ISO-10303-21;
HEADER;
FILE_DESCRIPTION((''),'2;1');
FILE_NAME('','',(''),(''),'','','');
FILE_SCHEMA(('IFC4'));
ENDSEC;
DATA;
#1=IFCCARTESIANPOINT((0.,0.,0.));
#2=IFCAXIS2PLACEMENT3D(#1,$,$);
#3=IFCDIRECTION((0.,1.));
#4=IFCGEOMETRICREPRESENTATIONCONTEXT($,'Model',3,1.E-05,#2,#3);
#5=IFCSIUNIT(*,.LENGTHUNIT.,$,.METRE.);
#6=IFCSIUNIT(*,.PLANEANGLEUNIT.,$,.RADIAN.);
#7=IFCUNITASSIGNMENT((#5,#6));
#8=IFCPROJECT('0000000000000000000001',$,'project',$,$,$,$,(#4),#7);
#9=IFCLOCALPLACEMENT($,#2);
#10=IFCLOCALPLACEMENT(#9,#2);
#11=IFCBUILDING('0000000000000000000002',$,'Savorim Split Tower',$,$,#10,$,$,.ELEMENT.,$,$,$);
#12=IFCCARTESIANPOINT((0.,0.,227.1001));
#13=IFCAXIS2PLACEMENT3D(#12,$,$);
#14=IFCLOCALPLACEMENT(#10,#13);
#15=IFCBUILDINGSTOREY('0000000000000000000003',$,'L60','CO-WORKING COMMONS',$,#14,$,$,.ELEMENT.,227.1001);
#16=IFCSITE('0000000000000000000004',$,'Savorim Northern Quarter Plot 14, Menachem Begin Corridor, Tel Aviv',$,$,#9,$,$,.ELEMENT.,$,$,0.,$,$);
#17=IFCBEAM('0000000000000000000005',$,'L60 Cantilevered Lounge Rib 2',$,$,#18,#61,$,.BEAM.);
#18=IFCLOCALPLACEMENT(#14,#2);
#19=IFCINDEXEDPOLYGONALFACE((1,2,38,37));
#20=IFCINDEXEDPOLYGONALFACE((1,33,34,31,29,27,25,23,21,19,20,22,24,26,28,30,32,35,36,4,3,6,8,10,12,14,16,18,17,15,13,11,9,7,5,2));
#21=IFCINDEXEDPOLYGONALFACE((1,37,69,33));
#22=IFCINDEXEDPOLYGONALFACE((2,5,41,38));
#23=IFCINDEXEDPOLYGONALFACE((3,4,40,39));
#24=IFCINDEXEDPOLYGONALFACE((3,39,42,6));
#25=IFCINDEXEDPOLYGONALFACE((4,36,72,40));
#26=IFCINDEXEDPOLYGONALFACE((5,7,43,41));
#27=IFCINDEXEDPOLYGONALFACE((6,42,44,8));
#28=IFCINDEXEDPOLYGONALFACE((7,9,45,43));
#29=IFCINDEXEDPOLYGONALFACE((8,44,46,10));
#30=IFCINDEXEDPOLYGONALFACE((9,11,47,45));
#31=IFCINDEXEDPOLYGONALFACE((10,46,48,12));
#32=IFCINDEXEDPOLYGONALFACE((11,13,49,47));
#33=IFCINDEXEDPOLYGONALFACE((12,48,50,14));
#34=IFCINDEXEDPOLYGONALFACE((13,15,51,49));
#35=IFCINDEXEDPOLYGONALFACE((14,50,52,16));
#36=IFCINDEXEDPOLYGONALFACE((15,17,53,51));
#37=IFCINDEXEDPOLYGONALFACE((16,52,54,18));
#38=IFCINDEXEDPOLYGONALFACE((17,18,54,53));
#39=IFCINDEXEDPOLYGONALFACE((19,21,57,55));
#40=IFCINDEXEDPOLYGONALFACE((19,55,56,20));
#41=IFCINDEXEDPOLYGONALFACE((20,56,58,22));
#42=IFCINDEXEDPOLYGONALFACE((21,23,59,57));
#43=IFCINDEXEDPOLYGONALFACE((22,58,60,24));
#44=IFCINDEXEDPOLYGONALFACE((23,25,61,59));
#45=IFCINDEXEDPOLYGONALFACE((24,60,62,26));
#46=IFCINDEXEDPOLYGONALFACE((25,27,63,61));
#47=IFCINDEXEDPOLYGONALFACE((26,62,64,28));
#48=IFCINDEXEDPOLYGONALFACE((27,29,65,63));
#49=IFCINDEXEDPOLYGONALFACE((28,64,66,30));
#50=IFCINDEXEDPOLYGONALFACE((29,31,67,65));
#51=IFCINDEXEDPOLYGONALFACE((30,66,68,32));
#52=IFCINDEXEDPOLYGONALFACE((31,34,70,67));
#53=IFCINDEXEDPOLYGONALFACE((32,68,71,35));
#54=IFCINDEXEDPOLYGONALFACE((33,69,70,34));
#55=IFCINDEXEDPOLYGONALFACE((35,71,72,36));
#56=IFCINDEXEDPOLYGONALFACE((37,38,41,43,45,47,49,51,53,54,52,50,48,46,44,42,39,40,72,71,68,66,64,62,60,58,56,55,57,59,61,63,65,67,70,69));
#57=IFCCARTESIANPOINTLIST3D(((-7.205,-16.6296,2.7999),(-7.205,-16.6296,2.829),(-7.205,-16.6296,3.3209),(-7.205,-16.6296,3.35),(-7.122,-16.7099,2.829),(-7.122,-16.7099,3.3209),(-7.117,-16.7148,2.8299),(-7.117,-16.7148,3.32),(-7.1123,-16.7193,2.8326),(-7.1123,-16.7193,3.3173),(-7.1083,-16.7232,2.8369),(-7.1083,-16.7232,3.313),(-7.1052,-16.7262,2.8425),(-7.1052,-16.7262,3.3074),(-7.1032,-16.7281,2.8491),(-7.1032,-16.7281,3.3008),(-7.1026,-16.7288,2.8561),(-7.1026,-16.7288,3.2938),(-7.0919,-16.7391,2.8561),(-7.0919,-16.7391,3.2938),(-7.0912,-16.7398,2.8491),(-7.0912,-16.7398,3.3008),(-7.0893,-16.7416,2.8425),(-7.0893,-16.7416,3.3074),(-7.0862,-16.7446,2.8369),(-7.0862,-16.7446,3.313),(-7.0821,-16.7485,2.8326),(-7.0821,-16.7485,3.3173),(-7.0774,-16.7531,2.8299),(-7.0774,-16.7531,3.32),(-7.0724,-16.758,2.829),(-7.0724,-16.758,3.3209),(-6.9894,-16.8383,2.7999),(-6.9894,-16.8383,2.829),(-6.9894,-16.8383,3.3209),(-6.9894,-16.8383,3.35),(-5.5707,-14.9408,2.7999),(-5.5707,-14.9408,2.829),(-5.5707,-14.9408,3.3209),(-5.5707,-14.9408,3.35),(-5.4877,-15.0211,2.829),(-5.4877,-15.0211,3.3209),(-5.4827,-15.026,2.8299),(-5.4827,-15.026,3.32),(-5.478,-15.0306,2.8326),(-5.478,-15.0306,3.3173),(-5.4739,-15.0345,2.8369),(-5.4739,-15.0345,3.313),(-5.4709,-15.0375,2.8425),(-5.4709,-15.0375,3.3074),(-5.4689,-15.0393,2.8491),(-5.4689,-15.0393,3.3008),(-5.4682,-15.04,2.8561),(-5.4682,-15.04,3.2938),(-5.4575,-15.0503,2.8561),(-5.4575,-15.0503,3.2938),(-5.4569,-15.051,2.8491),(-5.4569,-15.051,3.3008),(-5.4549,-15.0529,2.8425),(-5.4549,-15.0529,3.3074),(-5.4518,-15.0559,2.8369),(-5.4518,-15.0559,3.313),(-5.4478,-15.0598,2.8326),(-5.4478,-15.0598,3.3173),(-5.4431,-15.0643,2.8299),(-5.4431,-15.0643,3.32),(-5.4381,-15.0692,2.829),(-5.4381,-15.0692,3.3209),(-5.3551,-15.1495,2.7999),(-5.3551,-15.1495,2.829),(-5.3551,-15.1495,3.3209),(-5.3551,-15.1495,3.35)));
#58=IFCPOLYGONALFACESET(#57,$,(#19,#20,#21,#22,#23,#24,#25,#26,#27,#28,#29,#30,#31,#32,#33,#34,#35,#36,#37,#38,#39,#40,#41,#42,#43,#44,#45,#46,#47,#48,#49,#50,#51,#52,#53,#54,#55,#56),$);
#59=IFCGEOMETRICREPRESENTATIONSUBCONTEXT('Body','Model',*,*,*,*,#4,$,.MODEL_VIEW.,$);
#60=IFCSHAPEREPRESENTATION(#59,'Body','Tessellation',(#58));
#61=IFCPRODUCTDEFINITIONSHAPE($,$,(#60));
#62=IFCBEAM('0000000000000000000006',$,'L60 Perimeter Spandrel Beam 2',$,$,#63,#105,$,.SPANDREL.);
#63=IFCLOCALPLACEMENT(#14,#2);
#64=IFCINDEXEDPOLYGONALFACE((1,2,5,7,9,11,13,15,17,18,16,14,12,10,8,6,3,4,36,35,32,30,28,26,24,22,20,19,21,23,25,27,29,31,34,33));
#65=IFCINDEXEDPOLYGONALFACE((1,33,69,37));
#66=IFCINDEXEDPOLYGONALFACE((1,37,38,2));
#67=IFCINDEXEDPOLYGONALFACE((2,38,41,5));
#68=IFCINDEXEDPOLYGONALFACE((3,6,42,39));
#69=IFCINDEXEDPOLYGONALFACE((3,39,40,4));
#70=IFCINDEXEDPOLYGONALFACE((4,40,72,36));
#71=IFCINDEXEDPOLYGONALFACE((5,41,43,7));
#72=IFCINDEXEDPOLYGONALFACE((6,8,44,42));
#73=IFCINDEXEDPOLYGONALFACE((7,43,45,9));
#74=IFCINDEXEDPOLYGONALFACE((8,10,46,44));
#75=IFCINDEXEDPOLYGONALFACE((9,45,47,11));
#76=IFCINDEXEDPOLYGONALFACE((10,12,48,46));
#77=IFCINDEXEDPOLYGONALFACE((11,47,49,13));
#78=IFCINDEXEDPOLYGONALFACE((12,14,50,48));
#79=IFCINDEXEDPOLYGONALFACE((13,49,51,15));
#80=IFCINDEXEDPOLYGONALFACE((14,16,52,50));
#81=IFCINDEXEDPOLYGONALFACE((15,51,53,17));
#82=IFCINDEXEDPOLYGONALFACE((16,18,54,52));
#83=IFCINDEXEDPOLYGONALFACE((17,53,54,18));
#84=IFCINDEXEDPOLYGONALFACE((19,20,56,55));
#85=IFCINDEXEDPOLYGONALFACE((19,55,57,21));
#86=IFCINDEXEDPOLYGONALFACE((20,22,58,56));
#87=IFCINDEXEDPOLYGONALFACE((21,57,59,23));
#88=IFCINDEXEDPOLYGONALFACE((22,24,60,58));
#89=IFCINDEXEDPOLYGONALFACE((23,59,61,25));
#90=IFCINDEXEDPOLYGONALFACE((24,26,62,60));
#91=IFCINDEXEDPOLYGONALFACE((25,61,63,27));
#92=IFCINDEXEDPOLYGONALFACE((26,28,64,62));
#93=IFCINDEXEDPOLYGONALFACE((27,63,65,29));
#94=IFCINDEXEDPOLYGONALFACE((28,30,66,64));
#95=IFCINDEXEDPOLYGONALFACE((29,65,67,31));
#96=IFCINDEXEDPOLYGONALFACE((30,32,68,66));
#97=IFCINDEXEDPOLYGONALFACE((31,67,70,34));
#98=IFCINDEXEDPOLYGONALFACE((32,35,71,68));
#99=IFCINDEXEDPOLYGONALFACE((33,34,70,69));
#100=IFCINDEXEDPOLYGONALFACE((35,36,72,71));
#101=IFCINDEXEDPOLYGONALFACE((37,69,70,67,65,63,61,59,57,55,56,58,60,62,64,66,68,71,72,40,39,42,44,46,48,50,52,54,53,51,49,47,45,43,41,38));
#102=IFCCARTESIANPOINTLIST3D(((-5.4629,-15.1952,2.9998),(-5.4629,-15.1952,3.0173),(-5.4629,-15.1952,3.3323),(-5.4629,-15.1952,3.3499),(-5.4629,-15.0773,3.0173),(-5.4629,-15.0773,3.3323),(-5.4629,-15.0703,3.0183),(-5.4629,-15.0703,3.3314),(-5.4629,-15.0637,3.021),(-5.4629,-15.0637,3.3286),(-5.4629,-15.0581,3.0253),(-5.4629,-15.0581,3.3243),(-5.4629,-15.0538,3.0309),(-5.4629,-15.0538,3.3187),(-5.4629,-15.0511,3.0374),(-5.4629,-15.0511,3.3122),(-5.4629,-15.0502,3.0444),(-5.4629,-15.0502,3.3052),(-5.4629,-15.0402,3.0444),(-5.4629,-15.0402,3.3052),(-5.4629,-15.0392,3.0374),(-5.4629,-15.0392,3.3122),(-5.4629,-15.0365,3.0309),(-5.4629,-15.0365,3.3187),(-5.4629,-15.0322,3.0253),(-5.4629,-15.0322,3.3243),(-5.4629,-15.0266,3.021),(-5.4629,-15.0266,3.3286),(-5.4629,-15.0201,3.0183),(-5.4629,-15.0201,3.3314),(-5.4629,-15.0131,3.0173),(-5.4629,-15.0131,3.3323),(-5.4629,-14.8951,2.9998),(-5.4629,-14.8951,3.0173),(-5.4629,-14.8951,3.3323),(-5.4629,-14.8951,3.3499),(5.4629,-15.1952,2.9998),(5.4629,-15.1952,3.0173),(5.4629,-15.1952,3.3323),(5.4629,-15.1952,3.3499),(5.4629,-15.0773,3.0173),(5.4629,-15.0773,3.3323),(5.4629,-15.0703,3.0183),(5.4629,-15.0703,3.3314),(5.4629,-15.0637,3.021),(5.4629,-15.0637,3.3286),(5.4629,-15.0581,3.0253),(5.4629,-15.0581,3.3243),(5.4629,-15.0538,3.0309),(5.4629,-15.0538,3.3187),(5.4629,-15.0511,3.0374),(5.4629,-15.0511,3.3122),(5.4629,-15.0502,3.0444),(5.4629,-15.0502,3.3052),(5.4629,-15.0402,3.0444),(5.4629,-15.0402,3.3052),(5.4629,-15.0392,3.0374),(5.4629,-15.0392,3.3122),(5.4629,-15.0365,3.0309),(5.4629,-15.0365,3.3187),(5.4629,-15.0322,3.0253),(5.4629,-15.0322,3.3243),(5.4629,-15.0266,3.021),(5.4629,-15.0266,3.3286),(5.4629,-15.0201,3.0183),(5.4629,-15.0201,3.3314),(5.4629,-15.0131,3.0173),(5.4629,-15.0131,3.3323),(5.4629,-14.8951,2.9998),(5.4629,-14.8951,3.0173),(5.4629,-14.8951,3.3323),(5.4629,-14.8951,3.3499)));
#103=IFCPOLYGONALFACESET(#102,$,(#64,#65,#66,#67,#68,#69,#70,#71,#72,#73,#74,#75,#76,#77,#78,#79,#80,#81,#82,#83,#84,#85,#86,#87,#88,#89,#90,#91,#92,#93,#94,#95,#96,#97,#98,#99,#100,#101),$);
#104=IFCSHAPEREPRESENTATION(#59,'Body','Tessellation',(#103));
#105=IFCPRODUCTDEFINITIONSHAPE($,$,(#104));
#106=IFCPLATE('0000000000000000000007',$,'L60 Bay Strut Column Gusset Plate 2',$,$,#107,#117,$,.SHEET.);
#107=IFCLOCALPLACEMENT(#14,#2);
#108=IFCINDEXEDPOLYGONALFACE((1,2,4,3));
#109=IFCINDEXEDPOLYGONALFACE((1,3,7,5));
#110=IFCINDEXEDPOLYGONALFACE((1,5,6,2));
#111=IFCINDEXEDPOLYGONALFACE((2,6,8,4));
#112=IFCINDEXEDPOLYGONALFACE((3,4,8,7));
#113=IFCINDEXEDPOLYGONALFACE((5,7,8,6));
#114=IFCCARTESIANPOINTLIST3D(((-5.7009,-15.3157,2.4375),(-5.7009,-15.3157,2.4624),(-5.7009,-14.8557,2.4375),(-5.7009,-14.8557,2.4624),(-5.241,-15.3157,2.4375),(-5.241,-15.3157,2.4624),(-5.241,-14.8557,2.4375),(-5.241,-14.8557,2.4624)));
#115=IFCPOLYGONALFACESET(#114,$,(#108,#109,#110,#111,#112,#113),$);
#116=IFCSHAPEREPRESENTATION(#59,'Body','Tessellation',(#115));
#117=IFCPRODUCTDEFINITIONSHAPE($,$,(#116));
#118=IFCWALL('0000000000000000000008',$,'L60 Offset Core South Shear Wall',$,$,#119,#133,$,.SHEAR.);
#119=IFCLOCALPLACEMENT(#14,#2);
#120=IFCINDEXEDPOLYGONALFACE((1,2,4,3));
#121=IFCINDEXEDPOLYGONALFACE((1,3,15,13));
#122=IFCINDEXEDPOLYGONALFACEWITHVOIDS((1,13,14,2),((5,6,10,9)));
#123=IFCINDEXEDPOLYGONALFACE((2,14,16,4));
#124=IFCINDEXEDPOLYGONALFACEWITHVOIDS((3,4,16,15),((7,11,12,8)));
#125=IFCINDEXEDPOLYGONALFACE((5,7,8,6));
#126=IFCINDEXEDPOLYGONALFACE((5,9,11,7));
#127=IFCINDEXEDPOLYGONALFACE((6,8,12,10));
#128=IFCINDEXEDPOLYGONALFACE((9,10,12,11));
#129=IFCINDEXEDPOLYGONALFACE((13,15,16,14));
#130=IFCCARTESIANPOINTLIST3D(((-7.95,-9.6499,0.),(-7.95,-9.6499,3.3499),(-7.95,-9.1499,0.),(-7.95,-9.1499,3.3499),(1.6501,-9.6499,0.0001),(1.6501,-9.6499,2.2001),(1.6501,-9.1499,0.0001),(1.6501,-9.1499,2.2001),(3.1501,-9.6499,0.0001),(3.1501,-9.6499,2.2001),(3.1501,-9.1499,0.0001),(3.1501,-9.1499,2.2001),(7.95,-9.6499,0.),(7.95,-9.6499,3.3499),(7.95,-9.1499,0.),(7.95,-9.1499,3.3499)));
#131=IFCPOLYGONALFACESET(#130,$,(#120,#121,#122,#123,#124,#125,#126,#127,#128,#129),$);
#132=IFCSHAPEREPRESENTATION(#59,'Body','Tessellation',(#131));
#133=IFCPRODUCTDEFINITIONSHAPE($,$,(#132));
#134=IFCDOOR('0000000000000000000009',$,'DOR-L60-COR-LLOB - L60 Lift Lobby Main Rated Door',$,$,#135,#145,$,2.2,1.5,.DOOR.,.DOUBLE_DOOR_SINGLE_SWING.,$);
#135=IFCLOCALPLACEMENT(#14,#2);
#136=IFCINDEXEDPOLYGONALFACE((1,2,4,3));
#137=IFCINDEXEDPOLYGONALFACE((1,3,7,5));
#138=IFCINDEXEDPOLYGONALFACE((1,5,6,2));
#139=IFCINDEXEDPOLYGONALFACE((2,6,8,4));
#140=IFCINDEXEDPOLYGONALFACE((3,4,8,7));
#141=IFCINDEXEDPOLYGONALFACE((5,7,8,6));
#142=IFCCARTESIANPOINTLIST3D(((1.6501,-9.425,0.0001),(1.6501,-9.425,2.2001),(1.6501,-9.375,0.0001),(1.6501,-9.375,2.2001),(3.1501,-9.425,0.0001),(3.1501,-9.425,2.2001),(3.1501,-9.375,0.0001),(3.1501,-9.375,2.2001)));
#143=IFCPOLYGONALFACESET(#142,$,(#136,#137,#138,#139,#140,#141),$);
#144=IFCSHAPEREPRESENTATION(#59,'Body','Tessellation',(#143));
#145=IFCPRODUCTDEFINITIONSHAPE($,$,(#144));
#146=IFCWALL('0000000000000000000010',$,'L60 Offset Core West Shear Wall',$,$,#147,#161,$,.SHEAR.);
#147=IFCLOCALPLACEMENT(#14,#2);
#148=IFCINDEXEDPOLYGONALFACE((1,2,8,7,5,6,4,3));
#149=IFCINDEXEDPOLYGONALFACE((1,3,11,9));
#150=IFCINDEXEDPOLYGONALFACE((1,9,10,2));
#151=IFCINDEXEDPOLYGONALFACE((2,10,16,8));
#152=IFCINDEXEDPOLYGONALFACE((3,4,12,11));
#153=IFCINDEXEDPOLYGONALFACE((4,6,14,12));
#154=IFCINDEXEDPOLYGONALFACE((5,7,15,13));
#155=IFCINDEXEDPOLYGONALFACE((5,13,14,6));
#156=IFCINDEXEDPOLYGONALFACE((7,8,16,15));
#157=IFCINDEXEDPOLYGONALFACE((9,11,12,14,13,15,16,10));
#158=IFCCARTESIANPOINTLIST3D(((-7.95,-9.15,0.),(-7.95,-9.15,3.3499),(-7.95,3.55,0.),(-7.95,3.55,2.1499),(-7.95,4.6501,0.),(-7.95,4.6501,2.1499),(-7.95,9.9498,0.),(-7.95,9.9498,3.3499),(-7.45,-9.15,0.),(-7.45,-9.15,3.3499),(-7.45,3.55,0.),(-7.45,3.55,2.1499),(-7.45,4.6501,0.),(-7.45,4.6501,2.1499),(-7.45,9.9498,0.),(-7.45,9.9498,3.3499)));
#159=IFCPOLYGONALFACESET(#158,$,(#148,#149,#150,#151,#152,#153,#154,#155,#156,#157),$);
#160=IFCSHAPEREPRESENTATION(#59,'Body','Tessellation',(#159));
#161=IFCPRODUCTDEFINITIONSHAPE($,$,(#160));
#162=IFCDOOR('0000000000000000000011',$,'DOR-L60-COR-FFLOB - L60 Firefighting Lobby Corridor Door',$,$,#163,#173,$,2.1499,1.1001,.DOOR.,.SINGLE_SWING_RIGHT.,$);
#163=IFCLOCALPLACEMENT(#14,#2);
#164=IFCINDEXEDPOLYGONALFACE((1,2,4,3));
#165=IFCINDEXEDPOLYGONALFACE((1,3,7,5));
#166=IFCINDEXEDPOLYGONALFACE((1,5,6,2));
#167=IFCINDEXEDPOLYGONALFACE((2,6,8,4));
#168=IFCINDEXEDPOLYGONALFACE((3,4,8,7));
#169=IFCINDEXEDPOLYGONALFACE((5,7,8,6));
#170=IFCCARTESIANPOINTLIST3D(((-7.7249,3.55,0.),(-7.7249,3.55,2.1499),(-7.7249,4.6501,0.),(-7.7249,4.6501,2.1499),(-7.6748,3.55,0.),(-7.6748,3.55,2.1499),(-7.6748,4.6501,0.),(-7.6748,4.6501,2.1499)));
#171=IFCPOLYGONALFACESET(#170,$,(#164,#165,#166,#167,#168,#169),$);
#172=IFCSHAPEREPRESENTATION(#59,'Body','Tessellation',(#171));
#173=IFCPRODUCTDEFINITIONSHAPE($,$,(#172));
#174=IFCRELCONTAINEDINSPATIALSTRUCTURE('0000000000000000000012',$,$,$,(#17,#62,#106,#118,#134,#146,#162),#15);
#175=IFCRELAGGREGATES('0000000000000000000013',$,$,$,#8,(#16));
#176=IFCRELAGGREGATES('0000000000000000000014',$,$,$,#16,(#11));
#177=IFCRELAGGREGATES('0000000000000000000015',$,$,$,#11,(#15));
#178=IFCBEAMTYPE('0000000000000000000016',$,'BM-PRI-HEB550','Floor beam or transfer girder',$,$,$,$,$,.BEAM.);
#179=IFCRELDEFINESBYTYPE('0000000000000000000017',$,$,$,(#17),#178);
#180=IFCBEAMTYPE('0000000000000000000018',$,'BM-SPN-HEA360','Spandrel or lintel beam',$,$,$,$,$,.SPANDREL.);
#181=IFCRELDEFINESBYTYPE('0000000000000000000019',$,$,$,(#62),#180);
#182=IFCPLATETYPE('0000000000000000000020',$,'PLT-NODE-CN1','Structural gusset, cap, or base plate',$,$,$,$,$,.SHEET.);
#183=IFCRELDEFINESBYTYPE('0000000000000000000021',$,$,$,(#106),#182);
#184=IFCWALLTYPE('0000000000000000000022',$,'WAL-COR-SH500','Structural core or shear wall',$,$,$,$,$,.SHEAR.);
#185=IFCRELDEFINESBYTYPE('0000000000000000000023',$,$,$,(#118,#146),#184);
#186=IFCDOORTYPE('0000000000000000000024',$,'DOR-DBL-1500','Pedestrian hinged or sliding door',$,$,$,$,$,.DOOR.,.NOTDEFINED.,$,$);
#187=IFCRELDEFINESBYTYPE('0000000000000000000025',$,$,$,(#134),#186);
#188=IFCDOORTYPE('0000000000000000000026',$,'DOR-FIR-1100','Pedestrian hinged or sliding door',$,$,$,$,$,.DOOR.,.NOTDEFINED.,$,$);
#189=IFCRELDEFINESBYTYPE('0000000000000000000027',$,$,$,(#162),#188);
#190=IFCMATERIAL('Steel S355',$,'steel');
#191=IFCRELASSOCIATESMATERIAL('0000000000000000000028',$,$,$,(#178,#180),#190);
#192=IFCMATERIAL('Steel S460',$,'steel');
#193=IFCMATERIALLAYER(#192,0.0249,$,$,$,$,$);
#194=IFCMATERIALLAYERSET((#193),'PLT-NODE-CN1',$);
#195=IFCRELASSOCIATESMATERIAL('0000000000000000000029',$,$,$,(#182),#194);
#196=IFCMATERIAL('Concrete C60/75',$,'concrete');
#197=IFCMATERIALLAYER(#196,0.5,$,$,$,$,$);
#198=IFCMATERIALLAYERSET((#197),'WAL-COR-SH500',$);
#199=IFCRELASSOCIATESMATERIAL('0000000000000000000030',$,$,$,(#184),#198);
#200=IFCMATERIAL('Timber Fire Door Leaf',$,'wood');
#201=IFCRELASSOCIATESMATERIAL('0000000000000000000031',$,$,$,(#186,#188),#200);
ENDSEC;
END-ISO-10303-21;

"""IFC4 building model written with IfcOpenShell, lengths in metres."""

from ifc_helpers import new_model, si_unit, direction, frame, frame_2d, origin, origin_2d, place, context, subcontext, project, spatial, rectangle, i_section, extrude, material, layer, layer_set, material_profile, profile_set, type_object, element, fill, save


model = new_model("IFC4")

# Units and contexts
model_context = context("Model", 3, precision=1e-05, world=origin(), true_north=direction((0.0, 1.0)))
body_context = subcontext(model_context, "Body", "Model", "MODEL_VIEW")
ifc_project = project(units=[si_unit("LENGTHUNIT", "METRE"), si_unit("PLANEANGLEUNIT", "RADIAN")], contexts=[model_context])

# Site, building, storey
site_placement = place(None, origin())
site = spatial("IfcSite", under=ifc_project, at=site_placement, Name="Savorim Northern Quarter Plot 14, Menachem Begin Corridor, Tel Aviv", CompositionType="ELEMENT", RefElevation=0.0)
building_placement = place(site_placement, origin())
building = spatial("IfcBuilding", under=site, at=building_placement, Name="Savorim Split Tower", CompositionType="ELEMENT")
storey_placement = place(building_placement, frame((0.0, 0.0, 227.1001)))
storey = spatial("IfcBuildingStorey", under=building, at=storey_placement, Name="L60", Description="CO-WORKING COMMONS", CompositionType="ELEMENT", Elevation=227.1001)

# Shared definitions
ifc_material_1 = material(Name="Steel S355", Category="steel")

# Beams
ifc_material_profile_1 = material_profile(ifc_material_1, i_section(OverallWidth=0.3, OverallDepth=0.55, WebThickness=0.0149, FlangeThickness=0.0291, FilletRadius=0.0271, at=origin_2d()), Name="HEB 550")
ifc_profile_set_1 = profile_set([ifc_material_profile_1], Name="Steel S355")
beam_type_1 = type_object("IfcBeamType", Name="BM-PRI-HEB550", Description="Floor beam or transfer girder", PredefinedType="BEAM", material=ifc_profile_set_1)
beam_1_placement = place(storey_placement, frame((-5.4629, -15.0452, 3.075), z_axis=(-0.695428, -0.718595, 0.0), x_axis=(0.718595, -0.695428, 0.0)))
element("IfcBeam", 1, at=beam_1_placement, inside=storey, type_object=beam_type_1, Name="L60 Cantilevered Lounge Rib 2", PredefinedType="BEAM", context=body_context, shape_type="SweptSolid", body=[
    extrude(i_section(OverallWidth=0.3, OverallDepth=0.55, WebThickness=0.0149, FlangeThickness=0.0291, FilletRadius=0.0271, at=origin_2d()), origin(), (0.0, 0.0, 1.0), 2.3501),
])
ifc_material_profile_2 = material_profile(ifc_material_1, i_section(OverallWidth=0.3, OverallDepth=0.3501, WebThickness=0.01, FlangeThickness=0.0176, FilletRadius=0.0271, at=origin_2d()), Name="HEA 360")
ifc_profile_set_2 = profile_set([ifc_material_profile_2], Name="Steel S355")
beam_type_2 = type_object("IfcBeamType", Name="BM-SPN-HEA360", Description="Spandrel or lintel beam", PredefinedType="SPANDREL", material=ifc_profile_set_2)
beam_2_placement = place(storey_placement, frame((-5.4629, -15.0452, 3.1748), z_axis=(1.0, 0.0, 0.0), x_axis=(0.0, 1.0, 0.0)))
element("IfcBeam", 2, at=beam_2_placement, inside=storey, type_object=beam_type_2, Name="L60 Perimeter Spandrel Beam 2", PredefinedType="SPANDREL", context=body_context, shape_type="SweptSolid", body=[
    extrude(i_section(OverallWidth=0.3, OverallDepth=0.3501, WebThickness=0.01, FlangeThickness=0.0176, FilletRadius=0.0271, at=origin_2d()), origin(), (0.0, 0.0, 1.0), 10.9258),
])

# Plate
ifc_material_2 = material(Name="Steel S460", Category="steel")
ifc_layer_1 = layer(ifc_material_2, 0.0249)
ifc_layer_set_1 = layer_set([ifc_layer_1], Name="PLT-NODE-CN1")
plate_type = type_object("IfcPlateType", Name="PLT-NODE-CN1", Description="Structural gusset, cap, or base plate", PredefinedType="SHEET", material=ifc_layer_set_1)
plate_placement = place(storey_placement, frame((-5.4709, -15.0857, 2.4375), z_axis=(0.0, 0.0, 1.0), x_axis=(1.0, 0.0, 0.0)))
element("IfcPlate", 3, at=plate_placement, inside=storey, type_object=plate_type, Name="L60 Bay Strut Column Gusset Plate 2", PredefinedType="SHEET", context=body_context, shape_type="SweptSolid", body=[
    extrude(rectangle(XDim=0.46, YDim=0.46, at=origin_2d()), origin(), (0.0, 0.0, 1.0), 0.0249),
])

# Walls, openings, doors
ifc_material_3 = material(Name="Concrete C60/75", Category="concrete")
ifc_layer_2 = layer(ifc_material_3, 0.5)
ifc_layer_set_2 = layer_set([ifc_layer_2], Name="WAL-COR-SH500")
wall_type_1 = type_object("IfcWallType", Name="WAL-COR-SH500", Description="Structural core or shear wall", PredefinedType="SHEAR", material=ifc_layer_set_2)
wall_1_placement = place(storey_placement, frame((-7.95, -9.3999, 0.0), z_axis=(0.0, 0.0, 1.0), x_axis=(1.0, 0.0, 0.0)))
wall_1 = element("IfcWall", 4, at=wall_1_placement, inside=storey, type_object=wall_type_1, Name="L60 Offset Core South Shear Wall", PredefinedType="SHEAR", context=body_context, shape_type="SweptSolid", body=[
    extrude(rectangle(XDim=15.8999, YDim=0.5, at=frame_2d((7.95, 0.0))), origin(), (0.0, 0.0, 1.0), 3.3499),
])
opening_1_placement = place(wall_1_placement, frame((9.6001, 0.0, 0.0)))
opening_1 = element("IfcOpeningElement", 5, at=opening_1_placement, cuts=wall_1, PredefinedType="OPENING", context=body_context, shape_type="SweptSolid", body=[
    extrude(rectangle(XDim=1.5, YDim=2.2, at=frame_2d((0.75, 1.1001))), frame((0.0, 0.26, 0.0), z_axis=(0.0, -1.0, 0.0), x_axis=(1.0, 0.0, 0.0)), (0.0, 0.0, 1.0), 0.52),
])
ifc_material_4 = material(Name="Timber Fire Door Leaf", Category="wood")
door_type_1 = type_object("IfcDoorType", Name="DOR-DBL-1500", Description="Pedestrian hinged or sliding door", OperationType="NOTDEFINED", PredefinedType="DOOR", material=ifc_material_4)
door_1_placement = place(opening_1_placement, origin())
door_1 = element("IfcDoor", 6, at=door_1_placement, inside=storey, type_object=door_type_1, Name="DOR-L60-COR-LLOB - L60 Lift Lobby Main Rated Door", OperationType="DOUBLE_DOOR_SINGLE_SWING", OverallHeight=2.2, OverallWidth=1.5, PredefinedType="DOOR", context=body_context, shape_type="SweptSolid", body=[
    extrude(rectangle(XDim=1.5, YDim=2.2, at=frame_2d((0.75, 1.1001))), frame((0.0, 0.0249, 0.0), z_axis=(0.0, -1.0, 0.0), x_axis=(1.0, 0.0, 0.0)), (0.0, 0.0, 1.0), 0.05),
])
fill(opening_1, door_1)
wall_2_placement = place(storey_placement, frame((-7.7, -9.1499, 0.0), z_axis=(0.0, 0.0, 1.0), x_axis=(0.0, 1.0, 0.0)))
wall_2 = element("IfcWall", 7, at=wall_2_placement, inside=storey, type_object=wall_type_1, Name="L60 Offset Core West Shear Wall", PredefinedType="SHEAR", context=body_context, shape_type="SweptSolid", body=[
    extrude(rectangle(XDim=19.0999, YDim=0.5, at=frame_2d((9.5498, 0.0))), origin(), (0.0, 0.0, 1.0), 3.3499),
])
opening_2_placement = place(wall_2_placement, frame((12.7, 0.0, 0.0)))
opening_2 = element("IfcOpeningElement", 8, at=opening_2_placement, cuts=wall_2, PredefinedType="OPENING", context=body_context, shape_type="SweptSolid", body=[
    extrude(rectangle(XDim=1.1001, YDim=2.1499, at=frame_2d((0.55, 1.075))), frame((0.0, 0.26, 0.0), z_axis=(0.0, -1.0, 0.0), x_axis=(1.0, 0.0, 0.0)), (0.0, 0.0, 1.0), 0.52),
])
door_type_2 = type_object("IfcDoorType", Name="DOR-FIR-1100", Description="Pedestrian hinged or sliding door", OperationType="NOTDEFINED", PredefinedType="DOOR", material=ifc_material_4)
door_2_placement = place(opening_2_placement, origin())
door_2 = element("IfcDoor", 9, at=door_2_placement, inside=storey, type_object=door_type_2, Name="DOR-L60-COR-FFLOB - L60 Firefighting Lobby Corridor Door", OperationType="SINGLE_SWING_RIGHT", OverallHeight=2.1499, OverallWidth=1.1001, PredefinedType="DOOR", context=body_context, shape_type="SweptSolid", body=[
    extrude(rectangle(XDim=1.1001, YDim=2.1499, at=frame_2d((0.55, 1.075))), frame((0.0, 0.0249, 0.0), z_axis=(0.0, -1.0, 0.0), x_axis=(1.0, 0.0, 0.0)), (0.0, 0.0, 1.0), 0.05),
])
fill(opening_2, door_2)

save(model, "model.ifc")
